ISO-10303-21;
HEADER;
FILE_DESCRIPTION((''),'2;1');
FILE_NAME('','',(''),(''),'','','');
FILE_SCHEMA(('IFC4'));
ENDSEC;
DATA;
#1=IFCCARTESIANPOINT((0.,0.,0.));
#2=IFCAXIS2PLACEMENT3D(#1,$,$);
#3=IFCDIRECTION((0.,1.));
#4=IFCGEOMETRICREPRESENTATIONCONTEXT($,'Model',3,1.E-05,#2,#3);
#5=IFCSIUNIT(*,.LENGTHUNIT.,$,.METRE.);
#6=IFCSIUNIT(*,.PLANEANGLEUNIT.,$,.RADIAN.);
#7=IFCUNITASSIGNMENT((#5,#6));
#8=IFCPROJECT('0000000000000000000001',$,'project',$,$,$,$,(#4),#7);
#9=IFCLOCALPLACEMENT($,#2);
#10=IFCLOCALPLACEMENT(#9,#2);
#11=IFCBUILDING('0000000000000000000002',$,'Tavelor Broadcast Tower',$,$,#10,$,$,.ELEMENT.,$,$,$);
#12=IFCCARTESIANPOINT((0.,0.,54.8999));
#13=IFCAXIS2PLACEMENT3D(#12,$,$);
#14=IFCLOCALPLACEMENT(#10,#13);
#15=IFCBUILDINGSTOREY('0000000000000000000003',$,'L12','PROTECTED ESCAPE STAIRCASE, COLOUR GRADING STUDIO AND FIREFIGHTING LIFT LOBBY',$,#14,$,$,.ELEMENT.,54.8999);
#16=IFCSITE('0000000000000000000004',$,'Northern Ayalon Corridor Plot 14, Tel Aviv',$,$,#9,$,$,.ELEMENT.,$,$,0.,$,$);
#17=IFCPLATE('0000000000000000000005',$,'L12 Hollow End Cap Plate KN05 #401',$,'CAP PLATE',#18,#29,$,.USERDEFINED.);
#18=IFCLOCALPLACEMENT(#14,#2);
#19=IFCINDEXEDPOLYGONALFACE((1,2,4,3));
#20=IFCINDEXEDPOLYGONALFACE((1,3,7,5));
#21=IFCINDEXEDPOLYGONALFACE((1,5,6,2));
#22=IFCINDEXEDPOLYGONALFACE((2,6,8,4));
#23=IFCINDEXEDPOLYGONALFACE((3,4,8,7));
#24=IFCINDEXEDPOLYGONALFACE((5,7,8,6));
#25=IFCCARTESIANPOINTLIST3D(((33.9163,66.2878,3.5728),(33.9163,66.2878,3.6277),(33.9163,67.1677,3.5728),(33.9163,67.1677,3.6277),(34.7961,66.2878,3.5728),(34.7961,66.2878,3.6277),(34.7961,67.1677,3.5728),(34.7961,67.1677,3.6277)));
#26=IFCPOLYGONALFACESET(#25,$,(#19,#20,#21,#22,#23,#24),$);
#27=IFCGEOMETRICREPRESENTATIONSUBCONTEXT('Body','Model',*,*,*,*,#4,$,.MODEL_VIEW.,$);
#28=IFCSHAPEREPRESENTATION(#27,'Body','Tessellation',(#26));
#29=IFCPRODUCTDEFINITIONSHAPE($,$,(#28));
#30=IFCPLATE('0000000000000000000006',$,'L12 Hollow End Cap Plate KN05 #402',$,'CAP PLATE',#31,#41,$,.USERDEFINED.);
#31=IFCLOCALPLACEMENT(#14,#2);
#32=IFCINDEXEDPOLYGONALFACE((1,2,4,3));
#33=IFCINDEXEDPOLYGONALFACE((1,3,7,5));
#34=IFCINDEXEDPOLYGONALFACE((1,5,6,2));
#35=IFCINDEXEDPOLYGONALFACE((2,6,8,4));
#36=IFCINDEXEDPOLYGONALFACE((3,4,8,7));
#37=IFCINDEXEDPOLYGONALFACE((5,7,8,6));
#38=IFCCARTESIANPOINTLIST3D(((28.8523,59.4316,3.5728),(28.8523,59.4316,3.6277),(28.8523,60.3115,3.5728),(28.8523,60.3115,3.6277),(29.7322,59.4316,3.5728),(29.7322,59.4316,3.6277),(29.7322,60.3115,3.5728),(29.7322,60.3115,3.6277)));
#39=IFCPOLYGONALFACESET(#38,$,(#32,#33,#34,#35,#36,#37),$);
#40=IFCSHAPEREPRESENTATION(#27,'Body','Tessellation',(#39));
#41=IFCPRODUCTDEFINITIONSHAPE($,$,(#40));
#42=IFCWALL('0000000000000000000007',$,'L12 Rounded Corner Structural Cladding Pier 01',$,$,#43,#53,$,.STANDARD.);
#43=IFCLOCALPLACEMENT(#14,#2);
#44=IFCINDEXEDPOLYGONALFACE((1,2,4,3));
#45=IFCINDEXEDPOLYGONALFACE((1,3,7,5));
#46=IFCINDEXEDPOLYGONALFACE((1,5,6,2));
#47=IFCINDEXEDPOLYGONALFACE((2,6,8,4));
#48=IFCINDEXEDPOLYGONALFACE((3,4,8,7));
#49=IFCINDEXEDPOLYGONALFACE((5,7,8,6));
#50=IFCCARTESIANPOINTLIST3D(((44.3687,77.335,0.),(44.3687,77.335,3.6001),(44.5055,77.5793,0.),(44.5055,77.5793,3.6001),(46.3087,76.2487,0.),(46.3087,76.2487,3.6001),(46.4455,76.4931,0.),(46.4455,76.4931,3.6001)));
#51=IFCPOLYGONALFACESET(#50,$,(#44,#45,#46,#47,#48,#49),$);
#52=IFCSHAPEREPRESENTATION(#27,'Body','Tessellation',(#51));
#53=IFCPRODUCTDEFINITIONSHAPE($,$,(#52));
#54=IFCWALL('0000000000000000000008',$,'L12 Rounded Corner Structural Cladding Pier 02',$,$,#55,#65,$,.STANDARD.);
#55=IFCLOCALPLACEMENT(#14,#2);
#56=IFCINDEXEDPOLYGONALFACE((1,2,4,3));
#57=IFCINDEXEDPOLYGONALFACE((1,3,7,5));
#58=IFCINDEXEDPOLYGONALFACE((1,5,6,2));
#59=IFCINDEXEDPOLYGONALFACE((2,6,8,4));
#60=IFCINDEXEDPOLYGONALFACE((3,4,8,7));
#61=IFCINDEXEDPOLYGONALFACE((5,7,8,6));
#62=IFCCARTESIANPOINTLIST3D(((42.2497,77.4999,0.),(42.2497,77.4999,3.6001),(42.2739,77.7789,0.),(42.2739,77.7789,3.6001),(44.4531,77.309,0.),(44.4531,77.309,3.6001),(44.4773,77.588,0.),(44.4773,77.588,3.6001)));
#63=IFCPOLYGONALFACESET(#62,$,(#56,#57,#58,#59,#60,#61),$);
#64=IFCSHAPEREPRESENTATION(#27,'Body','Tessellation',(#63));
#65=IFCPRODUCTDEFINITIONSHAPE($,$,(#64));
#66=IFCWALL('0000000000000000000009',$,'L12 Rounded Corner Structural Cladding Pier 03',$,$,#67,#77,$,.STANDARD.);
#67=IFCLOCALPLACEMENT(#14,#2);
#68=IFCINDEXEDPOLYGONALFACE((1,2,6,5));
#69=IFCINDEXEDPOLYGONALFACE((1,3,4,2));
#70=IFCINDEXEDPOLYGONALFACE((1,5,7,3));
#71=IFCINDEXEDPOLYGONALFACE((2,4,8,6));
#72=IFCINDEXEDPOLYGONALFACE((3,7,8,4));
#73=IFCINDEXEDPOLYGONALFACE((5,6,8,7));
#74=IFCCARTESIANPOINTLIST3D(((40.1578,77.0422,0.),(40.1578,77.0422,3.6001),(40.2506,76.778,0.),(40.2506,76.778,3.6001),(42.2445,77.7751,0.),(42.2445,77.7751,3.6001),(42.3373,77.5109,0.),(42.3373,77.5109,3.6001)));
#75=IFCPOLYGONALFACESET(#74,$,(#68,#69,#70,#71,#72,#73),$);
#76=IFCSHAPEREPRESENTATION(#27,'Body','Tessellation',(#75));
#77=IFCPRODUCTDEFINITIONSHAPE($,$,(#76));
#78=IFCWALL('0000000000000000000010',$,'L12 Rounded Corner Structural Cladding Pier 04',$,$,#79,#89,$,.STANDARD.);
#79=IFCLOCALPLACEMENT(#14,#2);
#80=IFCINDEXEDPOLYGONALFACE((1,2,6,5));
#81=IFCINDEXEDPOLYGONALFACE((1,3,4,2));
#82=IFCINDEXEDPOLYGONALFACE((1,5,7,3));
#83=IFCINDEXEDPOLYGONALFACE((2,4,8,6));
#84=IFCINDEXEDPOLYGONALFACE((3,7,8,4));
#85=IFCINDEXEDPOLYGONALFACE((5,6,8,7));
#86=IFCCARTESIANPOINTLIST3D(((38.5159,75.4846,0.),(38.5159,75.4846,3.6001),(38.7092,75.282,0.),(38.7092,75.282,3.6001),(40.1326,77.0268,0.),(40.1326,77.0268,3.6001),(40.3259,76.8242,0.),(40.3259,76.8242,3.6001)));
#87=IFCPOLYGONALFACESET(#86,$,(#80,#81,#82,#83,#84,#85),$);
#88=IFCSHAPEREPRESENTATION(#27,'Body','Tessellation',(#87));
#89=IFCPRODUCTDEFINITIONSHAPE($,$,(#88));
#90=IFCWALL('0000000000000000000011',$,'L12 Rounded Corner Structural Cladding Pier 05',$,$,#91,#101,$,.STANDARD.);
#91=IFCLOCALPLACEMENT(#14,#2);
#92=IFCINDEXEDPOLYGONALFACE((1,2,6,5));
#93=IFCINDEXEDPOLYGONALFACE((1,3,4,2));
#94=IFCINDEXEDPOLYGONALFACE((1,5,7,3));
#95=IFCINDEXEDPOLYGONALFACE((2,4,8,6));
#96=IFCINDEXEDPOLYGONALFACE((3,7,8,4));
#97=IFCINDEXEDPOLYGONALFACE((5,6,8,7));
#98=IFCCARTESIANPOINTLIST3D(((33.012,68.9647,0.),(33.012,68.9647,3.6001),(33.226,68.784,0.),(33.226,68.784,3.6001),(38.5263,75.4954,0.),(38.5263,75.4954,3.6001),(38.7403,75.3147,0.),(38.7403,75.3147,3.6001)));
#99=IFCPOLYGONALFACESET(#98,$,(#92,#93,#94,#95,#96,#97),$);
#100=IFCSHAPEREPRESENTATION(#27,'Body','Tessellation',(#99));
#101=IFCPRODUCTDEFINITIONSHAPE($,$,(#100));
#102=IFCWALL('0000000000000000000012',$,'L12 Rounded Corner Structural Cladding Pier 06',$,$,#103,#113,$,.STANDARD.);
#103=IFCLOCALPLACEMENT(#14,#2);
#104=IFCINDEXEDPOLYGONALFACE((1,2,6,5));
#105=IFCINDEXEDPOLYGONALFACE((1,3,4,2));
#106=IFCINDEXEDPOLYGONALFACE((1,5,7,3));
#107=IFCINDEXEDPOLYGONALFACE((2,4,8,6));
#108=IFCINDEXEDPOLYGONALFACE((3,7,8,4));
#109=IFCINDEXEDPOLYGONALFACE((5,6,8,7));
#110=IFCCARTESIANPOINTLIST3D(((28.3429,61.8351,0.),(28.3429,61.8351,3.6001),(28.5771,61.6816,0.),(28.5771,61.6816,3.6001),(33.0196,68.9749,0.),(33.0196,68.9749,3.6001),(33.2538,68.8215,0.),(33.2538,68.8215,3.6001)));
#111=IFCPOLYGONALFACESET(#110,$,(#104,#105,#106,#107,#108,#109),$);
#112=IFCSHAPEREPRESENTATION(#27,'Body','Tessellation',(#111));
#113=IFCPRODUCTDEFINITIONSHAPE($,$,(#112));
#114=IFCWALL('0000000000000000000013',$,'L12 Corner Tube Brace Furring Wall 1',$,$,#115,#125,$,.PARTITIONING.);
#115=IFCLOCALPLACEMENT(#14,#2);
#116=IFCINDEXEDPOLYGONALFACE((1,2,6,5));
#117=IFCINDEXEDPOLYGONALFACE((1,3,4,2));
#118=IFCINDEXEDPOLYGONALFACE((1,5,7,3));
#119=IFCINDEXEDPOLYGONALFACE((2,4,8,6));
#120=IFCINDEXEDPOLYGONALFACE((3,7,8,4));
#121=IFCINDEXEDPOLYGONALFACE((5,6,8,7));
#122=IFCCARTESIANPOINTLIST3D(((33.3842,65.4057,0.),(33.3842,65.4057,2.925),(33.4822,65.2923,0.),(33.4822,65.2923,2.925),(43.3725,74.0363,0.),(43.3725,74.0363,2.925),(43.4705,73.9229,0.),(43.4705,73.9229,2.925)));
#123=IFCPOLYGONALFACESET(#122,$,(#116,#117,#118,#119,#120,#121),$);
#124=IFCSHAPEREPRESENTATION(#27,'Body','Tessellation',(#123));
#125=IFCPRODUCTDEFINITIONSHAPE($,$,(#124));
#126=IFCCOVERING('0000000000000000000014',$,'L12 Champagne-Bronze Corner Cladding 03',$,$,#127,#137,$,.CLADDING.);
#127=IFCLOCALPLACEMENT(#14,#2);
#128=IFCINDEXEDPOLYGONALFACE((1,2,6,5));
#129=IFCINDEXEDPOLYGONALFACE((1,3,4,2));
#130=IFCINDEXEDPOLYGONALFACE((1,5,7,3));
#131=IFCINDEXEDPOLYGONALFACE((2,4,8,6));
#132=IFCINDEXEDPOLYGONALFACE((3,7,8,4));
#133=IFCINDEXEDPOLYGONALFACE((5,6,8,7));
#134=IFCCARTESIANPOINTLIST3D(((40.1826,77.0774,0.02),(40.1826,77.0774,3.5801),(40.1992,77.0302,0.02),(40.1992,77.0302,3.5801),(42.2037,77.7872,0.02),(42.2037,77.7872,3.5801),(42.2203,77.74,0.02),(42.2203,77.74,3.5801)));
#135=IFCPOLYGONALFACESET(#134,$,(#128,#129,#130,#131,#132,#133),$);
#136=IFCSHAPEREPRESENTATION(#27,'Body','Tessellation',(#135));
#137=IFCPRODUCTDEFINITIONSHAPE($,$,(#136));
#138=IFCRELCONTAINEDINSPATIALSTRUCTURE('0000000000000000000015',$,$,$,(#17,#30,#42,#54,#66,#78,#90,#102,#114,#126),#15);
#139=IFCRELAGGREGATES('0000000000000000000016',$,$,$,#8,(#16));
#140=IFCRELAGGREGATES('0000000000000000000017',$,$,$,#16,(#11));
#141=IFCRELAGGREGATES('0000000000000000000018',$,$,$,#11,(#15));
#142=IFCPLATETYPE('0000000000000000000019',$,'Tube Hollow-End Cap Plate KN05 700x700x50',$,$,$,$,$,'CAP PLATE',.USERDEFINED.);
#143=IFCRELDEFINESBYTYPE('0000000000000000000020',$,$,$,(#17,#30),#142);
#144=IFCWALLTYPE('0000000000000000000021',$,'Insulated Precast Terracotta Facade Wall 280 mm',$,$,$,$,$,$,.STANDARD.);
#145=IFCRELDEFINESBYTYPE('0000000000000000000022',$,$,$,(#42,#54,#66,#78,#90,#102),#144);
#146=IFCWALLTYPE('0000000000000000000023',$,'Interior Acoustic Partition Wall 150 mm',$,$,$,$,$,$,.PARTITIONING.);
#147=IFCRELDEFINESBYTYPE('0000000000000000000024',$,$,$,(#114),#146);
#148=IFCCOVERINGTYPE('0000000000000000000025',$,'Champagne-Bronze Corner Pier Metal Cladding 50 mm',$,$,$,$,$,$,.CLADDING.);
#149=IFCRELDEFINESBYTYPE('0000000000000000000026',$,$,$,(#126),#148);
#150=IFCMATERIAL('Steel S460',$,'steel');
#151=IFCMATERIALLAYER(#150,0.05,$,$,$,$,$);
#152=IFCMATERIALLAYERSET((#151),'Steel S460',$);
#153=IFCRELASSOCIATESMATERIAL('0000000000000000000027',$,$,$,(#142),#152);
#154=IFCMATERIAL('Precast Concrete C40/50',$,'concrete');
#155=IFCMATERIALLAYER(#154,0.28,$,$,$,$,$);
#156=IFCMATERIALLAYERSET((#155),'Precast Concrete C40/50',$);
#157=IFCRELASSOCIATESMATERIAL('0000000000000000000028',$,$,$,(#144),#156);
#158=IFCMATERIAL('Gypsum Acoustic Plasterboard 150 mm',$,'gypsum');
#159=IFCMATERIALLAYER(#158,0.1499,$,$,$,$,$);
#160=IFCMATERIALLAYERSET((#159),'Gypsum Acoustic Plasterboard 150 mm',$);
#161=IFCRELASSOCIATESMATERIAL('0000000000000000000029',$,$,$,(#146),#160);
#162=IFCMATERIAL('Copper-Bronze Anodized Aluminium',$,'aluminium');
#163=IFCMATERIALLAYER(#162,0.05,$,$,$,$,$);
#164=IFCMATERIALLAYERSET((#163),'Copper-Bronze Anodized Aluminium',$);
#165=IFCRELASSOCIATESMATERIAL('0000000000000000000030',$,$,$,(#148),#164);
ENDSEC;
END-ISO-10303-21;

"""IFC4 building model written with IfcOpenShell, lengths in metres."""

from ifc_helpers import new_model, si_unit, direction, frame, frame_2d, origin, origin_2d, place, context, subcontext, project, spatial, rectangle, extrude, source, transform, mapped, material, layer, layer_set, type_object, element, save


model = new_model("IFC4")

# Units and contexts
model_context = context("Model", 3, precision=1e-05, world=origin(), true_north=direction((0.0, 1.0)))
body_context = subcontext(model_context, "Body", "Model", "MODEL_VIEW")
ifc_project = project(units=[si_unit("LENGTHUNIT", "METRE"), si_unit("PLANEANGLEUNIT", "RADIAN")], contexts=[model_context])

# Site, building, storey
site_placement = place(None, origin())
site = spatial("IfcSite", under=ifc_project, at=site_placement, Name="Northern Ayalon Corridor Plot 14, Tel Aviv", CompositionType="ELEMENT", RefElevation=0.0)
building_placement = place(site_placement, origin())
building = spatial("IfcBuilding", under=site, at=building_placement, Name="Tavelor Broadcast Tower", CompositionType="ELEMENT")
storey_placement = place(building_placement, frame((0.0, 0.0, 54.8999)))
storey = spatial("IfcBuildingStorey", under=building, at=storey_placement, Name="L12", Description="PROTECTED ESCAPE STAIRCASE, COLOUR GRADING STUDIO AND FIREFIGHTING LIFT LOBBY", CompositionType="ELEMENT", Elevation=54.8999)

# Shared definitions
ifc_material_1 = material(Name="Steel S460", Category="steel")

# Plates
ifc_layer_1 = layer(ifc_material_1, 0.05)
ifc_layer_set_1 = layer_set([ifc_layer_1], Name="Steel S460")
plate_type = type_object("IfcPlateType", Name="Tube Hollow-End Cap Plate KN05 700x700x50", ElementType="CAP PLATE", PredefinedType="USERDEFINED", material=ifc_layer_set_1)
shared_shape_1 = source(origin(), body_context, "Body", "SweptSolid", [
    extrude(rectangle(XDim=0.8799, YDim=0.8799, at=origin_2d()), origin(), (0.0, 0.0, 1.0), 0.0549),
])
for number, where, z_axis, x_axis, name in (
    (1, (34.3562, 66.7278, 3.5728), (0.0, 0.0, 1.0), (1.0, 0.0, 0.0), "L12 Hollow End Cap Plate KN05 #401"),
    (2, (29.2922, 59.8716, 3.5728), (0.0, 0.0, 1.0), (1.0, 0.0, 0.0), "L12 Hollow End Cap Plate KN05 #402"),
):
    element("IfcPlate", number, at=place(storey_placement, frame(where, z_axis=z_axis, x_axis=x_axis)), inside=storey, type_object=plate_type, Name=name, ObjectType="CAP PLATE", PredefinedType="USERDEFINED", context=body_context, shape_type="MappedRepresentation", body=[
        mapped(shared_shape_1, transform((0.0, 0.0, 0.0), scale=1.0)),
    ])

# Walls
ifc_material_2 = material(Name="Precast Concrete C40/50", Category="concrete")
ifc_layer_2 = layer(ifc_material_2, 0.28)
ifc_layer_set_2 = layer_set([ifc_layer_2], Name="Precast Concrete C40/50")
wall_type_1 = type_object("IfcWallType", Name="Insulated Precast Terracotta Facade Wall 280 mm", PredefinedType="STANDARD", material=ifc_layer_set_2)
wall_1_placement = place(storey_placement, frame((46.3772, 76.3708, 0.0), z_axis=(0.0, 0.0, 1.0), x_axis=(-0.872542, 0.48854, 0.0)))
element("IfcWall", 3, at=wall_1_placement, inside=storey, type_object=wall_type_1, Name="L12 Rounded Corner Structural Cladding Pier 01", PredefinedType="STANDARD", context=body_context, shape_type="SweptSolid", body=[
    extrude(rectangle(XDim=2.2234, YDim=0.28, at=frame_2d((1.1118, 0.0))), origin(), (0.0, 0.0, 1.0), 3.6001),
])
for number, where, z_axis, x_axis, name in (
    (4, (44.4653, 77.4485, 0.0), (0.0, 0.0, 1.0), (-0.996267, 0.086325, 0.0), "L12 Rounded Corner Structural Cladding Pier 02"),
    (5, (42.291, 77.6431, 0.0), (0.0, 0.0, 1.0), (-0.943495, -0.331388, 0.0), "L12 Rounded Corner Structural Cladding Pier 03"),
):
    element("IfcWall", number, at=place(storey_placement, frame(where, z_axis=z_axis, x_axis=x_axis)), inside=storey, type_object=wall_type_1, Name=name, PredefinedType="STANDARD", context=body_context, shape_type="SweptSolid", body=[
        extrude(rectangle(XDim=2.2117, YDim=0.28, at=frame_2d((1.106, 0.0))), origin(), (0.0, 0.0, 1.0), 3.6001),
    ])
wall_2_placement = place(storey_placement, frame((40.2292, 76.9255, 0.0), z_axis=(0.0, 0.0, 1.0), x_axis=(-0.723574, -0.690247, 0.0)))
element("IfcWall", 6, at=wall_2_placement, inside=storey, type_object=wall_type_1, Name="L12 Rounded Corner Structural Cladding Pier 04", PredefinedType="STANDARD", context=body_context, shape_type="SweptSolid", body=[
    extrude(rectangle(XDim=2.2344, YDim=0.28, at=frame_2d((1.1172, 0.0))), origin(), (0.0, 0.0, 1.0), 3.6001),
])
wall_3_placement = place(storey_placement, frame((38.6333, 75.405, 0.0), z_axis=(0.0, 0.0, 1.0), x_axis=(-0.645149, -0.764057, 0.0)))
element("IfcWall", 7, at=wall_3_placement, inside=storey, type_object=wall_type_1, Name="L12 Rounded Corner Structural Cladding Pier 05", PredefinedType="STANDARD", context=body_context, shape_type="SweptSolid", body=[
    extrude(rectangle(XDim=8.5474, YDim=0.28, at=frame_2d((4.2737, 0.0))), origin(), (0.0, 0.0, 1.0), 3.6001),
])
wall_4_placement = place(storey_placement, frame((33.1367, 68.8982, 0.0), z_axis=(0.0, 0.0, 1.0), x_axis=(-0.547936, -0.83652, 0.0)))
element("IfcWall", 8, at=wall_4_placement, inside=storey, type_object=wall_type_1, Name="L12 Rounded Corner Structural Cladding Pier 06", PredefinedType="STANDARD", context=body_context, shape_type="SweptSolid", body=[
    extrude(rectangle(XDim=8.5352, YDim=0.28, at=frame_2d((4.2676, 0.0))), origin(), (0.0, 0.0, 1.0), 3.6001),
])
ifc_material_3 = material(Name="Gypsum Acoustic Plasterboard 150 mm", Category="gypsum")
ifc_layer_3 = layer(ifc_material_3, 0.1499)
ifc_layer_set_3 = layer_set([ifc_layer_3], Name="Gypsum Acoustic Plasterboard 150 mm")
wall_type_2 = type_object("IfcWallType", Name="Interior Acoustic Partition Wall 150 mm", PredefinedType="PARTITIONING", material=ifc_layer_set_3)
wall_5_placement = place(storey_placement, frame((43.4214, 73.9795, 0.0), z_axis=(0.0, 0.0, 1.0), x_axis=(-0.756659, -0.65381, 0.0)))
element("IfcWall", 9, at=wall_5_placement, inside=storey, type_object=wall_type_2, Name="L12 Corner Tube Brace Furring Wall 1", PredefinedType="PARTITIONING", context=body_context, shape_type="SweptSolid", body=[
    extrude(rectangle(XDim=13.2004, YDim=0.1499, at=frame_2d((6.6001, 0.0))), origin(), (0.0, 0.0, 1.0), 2.925),
])

# Covering
ifc_material_4 = material(Name="Copper-Bronze Anodized Aluminium", Category="aluminium")
ifc_layer_4 = layer(ifc_material_4, 0.05)
ifc_layer_set_4 = layer_set([ifc_layer_4], Name="Copper-Bronze Anodized Aluminium")
covering_type = type_object("IfcCoveringType", Name="Champagne-Bronze Corner Pier Metal Cladding 50 mm", PredefinedType="CLADDING", material=ifc_layer_set_4)
covering_placement = place(storey_placement, frame((41.2014, 77.4087, 0.02), z_axis=(0.0, 0.0, 1.0), x_axis=(-0.943512, -0.331338, 0.0)))
element("IfcCovering", 10, at=covering_placement, inside=storey, type_object=covering_type, Name="L12 Champagne-Bronze Corner Cladding 03", PredefinedType="CLADDING", context=body_context, shape_type="SweptSolid", body=[
    extrude(rectangle(XDim=2.1421, YDim=0.05, at=origin_2d()), origin(), (0.0, 0.0, 1.0), 3.5601),
])

save(model, "model.ifc")
